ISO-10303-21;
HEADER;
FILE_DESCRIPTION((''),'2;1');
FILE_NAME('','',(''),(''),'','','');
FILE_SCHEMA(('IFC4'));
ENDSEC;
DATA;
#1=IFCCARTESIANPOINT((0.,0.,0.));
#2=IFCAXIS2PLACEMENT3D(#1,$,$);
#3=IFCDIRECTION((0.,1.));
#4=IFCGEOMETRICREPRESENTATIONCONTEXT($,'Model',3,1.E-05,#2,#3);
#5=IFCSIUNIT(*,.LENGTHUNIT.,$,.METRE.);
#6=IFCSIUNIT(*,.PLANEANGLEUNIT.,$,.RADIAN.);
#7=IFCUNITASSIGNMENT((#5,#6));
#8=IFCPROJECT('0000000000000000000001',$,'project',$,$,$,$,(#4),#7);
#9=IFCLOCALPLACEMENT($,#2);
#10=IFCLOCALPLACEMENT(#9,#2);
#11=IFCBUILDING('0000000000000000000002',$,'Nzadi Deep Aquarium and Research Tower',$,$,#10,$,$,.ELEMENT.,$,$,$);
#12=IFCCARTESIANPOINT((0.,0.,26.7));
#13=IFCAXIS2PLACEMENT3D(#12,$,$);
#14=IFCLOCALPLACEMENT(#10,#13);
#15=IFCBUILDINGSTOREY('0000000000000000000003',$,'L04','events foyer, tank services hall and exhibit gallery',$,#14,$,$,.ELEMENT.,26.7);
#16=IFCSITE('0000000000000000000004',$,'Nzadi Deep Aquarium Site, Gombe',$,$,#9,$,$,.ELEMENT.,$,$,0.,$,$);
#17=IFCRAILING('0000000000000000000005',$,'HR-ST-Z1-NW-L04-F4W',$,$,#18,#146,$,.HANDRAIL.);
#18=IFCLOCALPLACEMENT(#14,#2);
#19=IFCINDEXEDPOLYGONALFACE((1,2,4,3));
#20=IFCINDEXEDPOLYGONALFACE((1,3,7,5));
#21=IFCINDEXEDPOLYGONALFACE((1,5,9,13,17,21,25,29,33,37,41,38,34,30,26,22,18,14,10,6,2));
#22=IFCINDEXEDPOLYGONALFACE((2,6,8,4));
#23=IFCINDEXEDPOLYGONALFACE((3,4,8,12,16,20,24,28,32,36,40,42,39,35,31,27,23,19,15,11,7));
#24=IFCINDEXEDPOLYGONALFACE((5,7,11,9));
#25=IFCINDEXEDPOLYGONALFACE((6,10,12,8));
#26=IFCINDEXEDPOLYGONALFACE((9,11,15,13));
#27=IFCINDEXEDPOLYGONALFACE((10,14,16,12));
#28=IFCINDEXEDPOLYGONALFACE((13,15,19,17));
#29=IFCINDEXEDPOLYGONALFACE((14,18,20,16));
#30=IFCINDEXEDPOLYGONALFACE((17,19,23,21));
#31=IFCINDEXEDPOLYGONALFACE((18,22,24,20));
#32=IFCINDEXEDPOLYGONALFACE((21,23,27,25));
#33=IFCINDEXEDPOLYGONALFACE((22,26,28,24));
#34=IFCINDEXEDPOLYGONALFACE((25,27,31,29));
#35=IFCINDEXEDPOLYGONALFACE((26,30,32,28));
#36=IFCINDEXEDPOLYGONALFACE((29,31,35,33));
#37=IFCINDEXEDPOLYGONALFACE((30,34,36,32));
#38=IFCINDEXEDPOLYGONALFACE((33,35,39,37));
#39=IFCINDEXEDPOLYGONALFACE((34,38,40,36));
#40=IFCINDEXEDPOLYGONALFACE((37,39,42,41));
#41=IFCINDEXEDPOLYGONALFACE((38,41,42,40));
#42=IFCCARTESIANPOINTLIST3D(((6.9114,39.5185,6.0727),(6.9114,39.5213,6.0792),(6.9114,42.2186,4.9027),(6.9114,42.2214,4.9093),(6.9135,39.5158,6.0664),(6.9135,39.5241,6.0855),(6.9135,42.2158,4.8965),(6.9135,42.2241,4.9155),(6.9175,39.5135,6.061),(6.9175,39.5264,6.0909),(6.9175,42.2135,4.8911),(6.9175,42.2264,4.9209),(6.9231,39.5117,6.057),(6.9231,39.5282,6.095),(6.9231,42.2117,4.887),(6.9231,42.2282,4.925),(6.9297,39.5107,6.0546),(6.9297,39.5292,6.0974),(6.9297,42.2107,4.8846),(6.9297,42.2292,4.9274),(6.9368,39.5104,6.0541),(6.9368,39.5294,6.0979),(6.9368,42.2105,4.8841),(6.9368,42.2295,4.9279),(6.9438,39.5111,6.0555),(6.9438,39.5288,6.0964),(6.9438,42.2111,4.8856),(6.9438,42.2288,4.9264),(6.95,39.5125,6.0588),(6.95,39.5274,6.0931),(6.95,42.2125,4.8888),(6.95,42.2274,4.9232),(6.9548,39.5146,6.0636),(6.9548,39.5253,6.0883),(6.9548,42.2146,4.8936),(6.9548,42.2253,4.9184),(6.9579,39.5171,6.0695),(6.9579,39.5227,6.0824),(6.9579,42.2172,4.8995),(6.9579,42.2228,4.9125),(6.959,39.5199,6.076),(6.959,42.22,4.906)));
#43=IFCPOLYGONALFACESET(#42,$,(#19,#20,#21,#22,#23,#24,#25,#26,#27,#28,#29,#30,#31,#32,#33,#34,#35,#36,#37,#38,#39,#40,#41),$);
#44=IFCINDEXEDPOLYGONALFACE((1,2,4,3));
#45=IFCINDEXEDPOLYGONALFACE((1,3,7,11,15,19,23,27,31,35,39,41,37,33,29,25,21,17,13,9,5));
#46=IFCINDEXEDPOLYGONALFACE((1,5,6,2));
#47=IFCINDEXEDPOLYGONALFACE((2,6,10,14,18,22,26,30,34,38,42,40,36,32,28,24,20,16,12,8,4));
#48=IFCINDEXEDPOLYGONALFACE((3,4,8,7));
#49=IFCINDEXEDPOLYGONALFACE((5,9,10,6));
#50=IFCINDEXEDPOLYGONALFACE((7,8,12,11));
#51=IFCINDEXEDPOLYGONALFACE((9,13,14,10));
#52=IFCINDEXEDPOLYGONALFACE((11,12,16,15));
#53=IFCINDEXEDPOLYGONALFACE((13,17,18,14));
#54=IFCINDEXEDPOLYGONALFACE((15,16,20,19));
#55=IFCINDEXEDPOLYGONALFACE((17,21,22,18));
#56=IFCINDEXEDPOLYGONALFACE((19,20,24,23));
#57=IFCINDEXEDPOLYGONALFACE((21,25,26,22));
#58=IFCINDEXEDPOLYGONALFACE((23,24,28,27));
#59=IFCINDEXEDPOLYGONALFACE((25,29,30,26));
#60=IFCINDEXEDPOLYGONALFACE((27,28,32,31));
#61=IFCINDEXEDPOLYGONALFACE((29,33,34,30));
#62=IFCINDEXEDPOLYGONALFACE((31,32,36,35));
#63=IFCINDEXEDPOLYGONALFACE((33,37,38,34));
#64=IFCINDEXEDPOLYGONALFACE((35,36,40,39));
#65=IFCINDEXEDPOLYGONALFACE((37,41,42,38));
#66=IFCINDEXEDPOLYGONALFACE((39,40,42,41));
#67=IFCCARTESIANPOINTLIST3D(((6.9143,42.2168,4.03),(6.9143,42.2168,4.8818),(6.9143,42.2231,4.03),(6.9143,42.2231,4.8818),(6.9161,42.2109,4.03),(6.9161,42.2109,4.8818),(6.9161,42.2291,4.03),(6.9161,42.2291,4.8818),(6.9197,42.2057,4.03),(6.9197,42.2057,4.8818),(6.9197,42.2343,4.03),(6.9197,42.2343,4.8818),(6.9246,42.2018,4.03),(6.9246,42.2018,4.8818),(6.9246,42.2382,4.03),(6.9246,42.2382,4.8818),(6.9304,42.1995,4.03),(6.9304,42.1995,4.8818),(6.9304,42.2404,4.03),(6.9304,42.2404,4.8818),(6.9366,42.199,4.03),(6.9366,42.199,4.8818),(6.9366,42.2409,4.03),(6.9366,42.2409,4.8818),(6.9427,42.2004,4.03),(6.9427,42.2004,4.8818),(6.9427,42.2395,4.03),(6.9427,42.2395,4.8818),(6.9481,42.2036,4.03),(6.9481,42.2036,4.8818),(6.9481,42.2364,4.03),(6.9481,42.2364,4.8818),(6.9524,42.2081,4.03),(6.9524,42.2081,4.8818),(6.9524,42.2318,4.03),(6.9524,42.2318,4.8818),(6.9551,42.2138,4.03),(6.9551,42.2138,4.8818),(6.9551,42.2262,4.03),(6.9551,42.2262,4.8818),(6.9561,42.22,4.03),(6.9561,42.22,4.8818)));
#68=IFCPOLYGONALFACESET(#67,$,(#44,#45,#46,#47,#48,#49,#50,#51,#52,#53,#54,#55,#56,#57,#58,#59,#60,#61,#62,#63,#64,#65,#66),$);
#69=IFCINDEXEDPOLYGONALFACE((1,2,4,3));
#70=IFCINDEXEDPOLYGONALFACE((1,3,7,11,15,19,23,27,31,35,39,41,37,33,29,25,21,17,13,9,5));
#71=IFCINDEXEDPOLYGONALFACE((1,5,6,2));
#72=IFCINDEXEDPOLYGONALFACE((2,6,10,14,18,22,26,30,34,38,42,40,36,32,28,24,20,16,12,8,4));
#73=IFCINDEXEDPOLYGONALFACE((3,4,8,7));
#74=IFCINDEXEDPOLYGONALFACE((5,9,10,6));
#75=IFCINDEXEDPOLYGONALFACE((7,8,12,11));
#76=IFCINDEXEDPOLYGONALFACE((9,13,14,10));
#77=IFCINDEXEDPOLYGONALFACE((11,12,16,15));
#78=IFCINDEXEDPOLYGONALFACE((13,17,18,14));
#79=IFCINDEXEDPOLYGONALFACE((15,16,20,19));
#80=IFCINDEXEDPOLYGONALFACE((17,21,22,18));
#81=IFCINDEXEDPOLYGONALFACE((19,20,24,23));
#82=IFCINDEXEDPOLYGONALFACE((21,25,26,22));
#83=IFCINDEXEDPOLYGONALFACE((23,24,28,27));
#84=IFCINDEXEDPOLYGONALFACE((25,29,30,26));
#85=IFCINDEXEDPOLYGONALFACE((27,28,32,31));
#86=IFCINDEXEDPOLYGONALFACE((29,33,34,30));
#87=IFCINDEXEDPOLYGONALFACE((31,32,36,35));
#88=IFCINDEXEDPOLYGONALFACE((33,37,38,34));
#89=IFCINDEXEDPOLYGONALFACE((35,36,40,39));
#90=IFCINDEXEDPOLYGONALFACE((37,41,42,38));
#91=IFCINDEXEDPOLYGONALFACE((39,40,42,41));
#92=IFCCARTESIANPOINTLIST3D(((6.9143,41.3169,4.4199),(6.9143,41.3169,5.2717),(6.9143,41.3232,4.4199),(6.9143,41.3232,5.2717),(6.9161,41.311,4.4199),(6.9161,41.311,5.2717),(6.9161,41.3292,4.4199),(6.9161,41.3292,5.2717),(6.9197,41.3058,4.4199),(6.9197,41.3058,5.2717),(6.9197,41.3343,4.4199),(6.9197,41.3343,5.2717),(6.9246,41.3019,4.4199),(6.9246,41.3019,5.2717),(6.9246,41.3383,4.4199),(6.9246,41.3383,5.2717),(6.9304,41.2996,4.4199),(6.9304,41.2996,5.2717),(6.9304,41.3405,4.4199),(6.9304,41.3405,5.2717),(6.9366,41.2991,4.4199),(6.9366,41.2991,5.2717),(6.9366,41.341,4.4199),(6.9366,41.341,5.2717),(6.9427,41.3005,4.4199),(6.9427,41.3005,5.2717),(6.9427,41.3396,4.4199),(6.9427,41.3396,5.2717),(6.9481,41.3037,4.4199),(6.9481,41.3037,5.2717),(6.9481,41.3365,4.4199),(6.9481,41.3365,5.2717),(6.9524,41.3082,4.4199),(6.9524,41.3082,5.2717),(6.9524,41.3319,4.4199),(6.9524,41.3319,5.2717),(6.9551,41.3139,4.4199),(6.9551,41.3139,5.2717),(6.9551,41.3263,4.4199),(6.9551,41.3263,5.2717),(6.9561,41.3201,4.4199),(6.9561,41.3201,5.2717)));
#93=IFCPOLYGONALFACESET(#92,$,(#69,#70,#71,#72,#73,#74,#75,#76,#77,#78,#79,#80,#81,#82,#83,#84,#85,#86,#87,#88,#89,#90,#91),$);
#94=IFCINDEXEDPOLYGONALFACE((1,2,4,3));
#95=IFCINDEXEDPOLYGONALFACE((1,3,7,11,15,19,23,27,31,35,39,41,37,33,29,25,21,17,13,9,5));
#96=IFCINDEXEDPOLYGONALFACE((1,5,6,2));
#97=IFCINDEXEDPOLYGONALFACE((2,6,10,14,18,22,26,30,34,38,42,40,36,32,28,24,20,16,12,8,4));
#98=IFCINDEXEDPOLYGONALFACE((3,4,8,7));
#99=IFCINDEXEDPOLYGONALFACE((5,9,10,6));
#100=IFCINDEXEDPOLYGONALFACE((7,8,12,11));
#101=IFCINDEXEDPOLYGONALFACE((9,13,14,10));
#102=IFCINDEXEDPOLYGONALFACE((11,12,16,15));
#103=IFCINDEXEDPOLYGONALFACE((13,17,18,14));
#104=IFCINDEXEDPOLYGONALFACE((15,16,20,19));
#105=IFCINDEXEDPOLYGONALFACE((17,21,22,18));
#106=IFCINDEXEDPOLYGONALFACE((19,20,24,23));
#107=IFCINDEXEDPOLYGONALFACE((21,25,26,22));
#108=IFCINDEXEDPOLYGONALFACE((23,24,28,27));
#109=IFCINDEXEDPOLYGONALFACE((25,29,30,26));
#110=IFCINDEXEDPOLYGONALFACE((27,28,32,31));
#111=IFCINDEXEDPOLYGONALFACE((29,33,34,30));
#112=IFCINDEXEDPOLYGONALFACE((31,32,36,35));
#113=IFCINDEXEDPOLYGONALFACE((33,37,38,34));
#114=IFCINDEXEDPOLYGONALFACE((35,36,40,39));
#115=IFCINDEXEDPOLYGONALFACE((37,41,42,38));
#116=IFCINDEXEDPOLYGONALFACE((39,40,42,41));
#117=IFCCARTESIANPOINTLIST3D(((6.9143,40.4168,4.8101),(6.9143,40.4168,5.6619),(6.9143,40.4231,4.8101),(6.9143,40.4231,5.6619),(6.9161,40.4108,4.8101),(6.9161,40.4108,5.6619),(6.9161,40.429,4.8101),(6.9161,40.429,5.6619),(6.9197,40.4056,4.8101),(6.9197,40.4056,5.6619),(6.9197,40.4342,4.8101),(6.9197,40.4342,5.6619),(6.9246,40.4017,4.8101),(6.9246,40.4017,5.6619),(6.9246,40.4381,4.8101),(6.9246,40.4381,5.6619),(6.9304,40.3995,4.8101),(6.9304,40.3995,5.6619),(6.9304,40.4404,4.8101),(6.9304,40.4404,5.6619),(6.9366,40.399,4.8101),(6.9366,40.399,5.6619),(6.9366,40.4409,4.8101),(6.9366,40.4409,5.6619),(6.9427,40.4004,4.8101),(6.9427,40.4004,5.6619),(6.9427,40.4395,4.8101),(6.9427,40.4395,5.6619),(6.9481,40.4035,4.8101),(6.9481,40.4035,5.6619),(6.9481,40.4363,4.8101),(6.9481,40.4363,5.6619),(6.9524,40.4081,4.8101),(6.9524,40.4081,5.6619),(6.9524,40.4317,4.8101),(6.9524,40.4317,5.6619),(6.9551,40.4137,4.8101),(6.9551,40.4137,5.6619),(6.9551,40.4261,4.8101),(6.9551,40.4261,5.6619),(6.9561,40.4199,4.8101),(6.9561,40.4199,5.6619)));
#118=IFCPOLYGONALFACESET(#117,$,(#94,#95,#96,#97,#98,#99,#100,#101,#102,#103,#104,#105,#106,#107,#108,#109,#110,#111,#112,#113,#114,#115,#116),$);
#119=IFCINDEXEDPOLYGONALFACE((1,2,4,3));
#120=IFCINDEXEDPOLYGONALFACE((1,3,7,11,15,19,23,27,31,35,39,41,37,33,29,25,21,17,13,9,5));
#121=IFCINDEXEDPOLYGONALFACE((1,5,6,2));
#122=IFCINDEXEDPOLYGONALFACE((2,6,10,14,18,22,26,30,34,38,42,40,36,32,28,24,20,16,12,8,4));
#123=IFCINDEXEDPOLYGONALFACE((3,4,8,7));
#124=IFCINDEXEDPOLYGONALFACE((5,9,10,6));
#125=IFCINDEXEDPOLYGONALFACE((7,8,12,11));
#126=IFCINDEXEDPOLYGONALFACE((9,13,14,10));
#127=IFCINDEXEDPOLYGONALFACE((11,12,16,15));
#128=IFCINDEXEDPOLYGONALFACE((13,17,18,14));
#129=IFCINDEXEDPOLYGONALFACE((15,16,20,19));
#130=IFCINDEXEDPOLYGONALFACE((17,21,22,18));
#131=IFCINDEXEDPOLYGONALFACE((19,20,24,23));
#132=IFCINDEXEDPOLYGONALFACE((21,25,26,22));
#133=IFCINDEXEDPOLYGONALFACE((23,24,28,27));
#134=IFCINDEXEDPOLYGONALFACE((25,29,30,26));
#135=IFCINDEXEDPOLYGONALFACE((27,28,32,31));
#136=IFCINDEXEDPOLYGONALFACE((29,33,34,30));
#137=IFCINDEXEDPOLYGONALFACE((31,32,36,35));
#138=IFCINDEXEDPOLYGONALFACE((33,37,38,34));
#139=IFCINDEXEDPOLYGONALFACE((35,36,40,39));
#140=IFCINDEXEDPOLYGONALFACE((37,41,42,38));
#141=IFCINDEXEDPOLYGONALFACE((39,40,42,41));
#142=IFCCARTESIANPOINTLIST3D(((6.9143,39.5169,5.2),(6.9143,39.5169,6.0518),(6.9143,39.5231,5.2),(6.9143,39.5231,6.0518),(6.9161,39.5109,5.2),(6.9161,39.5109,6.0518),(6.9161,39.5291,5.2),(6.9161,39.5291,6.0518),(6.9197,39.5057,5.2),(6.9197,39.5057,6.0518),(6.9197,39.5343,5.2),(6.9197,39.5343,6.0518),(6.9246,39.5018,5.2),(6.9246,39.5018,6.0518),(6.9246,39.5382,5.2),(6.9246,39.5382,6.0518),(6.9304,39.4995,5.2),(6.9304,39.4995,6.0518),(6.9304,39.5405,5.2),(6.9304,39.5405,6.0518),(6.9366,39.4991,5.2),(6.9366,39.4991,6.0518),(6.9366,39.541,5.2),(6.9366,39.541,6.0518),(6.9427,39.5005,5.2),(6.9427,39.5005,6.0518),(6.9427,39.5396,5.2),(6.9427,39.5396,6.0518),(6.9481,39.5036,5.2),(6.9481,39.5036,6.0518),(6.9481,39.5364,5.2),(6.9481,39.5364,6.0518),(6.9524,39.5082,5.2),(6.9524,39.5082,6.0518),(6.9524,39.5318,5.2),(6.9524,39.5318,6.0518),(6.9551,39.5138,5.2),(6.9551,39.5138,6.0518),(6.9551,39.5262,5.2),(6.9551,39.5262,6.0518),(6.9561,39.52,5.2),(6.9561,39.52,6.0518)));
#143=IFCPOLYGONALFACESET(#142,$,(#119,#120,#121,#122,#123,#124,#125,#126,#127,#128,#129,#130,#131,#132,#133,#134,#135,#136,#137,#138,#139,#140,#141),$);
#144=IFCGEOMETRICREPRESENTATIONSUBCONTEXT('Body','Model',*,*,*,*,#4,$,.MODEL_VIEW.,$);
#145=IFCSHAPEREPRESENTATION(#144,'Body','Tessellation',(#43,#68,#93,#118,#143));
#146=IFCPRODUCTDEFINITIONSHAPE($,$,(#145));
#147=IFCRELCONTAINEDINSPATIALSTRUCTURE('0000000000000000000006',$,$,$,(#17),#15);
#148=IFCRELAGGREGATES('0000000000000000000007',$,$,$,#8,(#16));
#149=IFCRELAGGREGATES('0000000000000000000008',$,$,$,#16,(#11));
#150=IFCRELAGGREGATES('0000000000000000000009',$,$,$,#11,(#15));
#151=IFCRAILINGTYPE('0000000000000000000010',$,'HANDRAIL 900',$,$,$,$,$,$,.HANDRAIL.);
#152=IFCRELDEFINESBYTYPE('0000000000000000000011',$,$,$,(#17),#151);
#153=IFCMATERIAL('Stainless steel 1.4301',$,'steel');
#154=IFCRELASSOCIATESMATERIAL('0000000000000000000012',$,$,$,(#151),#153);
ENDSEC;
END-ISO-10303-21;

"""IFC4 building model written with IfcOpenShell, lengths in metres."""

from ifc_helpers import new_model, si_unit, direction, frame, origin, origin_2d, place, context, subcontext, project, spatial, circle, extrude, material, type_object, element, save


model = new_model("IFC4")

# Units and contexts
model_context = context("Model", 3, precision=1e-05, world=origin(), true_north=direction((0.0, 1.0)))
body_context = subcontext(model_context, "Body", "Model", "MODEL_VIEW")
ifc_project = project(units=[si_unit("LENGTHUNIT", "METRE"), si_unit("PLANEANGLEUNIT", "RADIAN")], contexts=[model_context])

# Site, building, storey
site_placement = place(None, origin())
site = spatial("IfcSite", under=ifc_project, at=site_placement, Name="Nzadi Deep Aquarium Site, Gombe", CompositionType="ELEMENT", RefElevation=0.0)
building_placement = place(site_placement, origin())
building = spatial("IfcBuilding", under=site, at=building_placement, Name="Nzadi Deep Aquarium and Research Tower", CompositionType="ELEMENT")
storey_placement = place(building_placement, frame((0.0, 0.0, 26.7)))
storey = spatial("IfcBuildingStorey", under=building, at=storey_placement, Name="L04", Description="events foyer, tank services hall and exhibit gallery", CompositionType="ELEMENT", Elevation=26.7)

# Railing
ifc_material_1 = material(Name="Stainless steel 1.4301", Category="steel")
railing_type = type_object("IfcRailingType", Name="HANDRAIL 900", PredefinedType="HANDRAIL", material=ifc_material_1)
for number, where, name in (
    (1, (6.9351, 42.22, 4.03), "HR-ST-Z1-NW-L04-F4W"),
):
    element("IfcRailing", number, at=place(storey_placement, frame(where)), inside=storey, type_object=railing_type, Name=name, PredefinedType="HANDRAIL", context=body_context, shape_type="SweptSolid", body=[
        extrude(circle(Radius=0.0239, at=origin_2d()), frame((0.0, 0.0, 0.876), z_axis=(0.0, -0.917563, 0.397591), x_axis=(1.0, 0.0, 0.0)), (0.0, 0.0, 1.0), 2.9426),
        extrude(circle(Radius=0.021, at=origin_2d()), origin(), (0.0, 0.0, 1.0), 0.8518),
        extrude(circle(Radius=0.021, at=origin_2d()), frame((0.0, -0.8999, 0.3899)), (0.0, 0.0, 1.0), 0.8518),
        extrude(circle(Radius=0.021, at=origin_2d()), frame((0.0, -1.8, 0.78)), (0.0, 0.0, 1.0), 0.8518),
        extrude(circle(Radius=0.021, at=origin_2d()), frame((0.0, -2.7, 1.1699)), (0.0, 0.0, 1.0), 0.8518),
    ])

save(model, "model.ifc")
